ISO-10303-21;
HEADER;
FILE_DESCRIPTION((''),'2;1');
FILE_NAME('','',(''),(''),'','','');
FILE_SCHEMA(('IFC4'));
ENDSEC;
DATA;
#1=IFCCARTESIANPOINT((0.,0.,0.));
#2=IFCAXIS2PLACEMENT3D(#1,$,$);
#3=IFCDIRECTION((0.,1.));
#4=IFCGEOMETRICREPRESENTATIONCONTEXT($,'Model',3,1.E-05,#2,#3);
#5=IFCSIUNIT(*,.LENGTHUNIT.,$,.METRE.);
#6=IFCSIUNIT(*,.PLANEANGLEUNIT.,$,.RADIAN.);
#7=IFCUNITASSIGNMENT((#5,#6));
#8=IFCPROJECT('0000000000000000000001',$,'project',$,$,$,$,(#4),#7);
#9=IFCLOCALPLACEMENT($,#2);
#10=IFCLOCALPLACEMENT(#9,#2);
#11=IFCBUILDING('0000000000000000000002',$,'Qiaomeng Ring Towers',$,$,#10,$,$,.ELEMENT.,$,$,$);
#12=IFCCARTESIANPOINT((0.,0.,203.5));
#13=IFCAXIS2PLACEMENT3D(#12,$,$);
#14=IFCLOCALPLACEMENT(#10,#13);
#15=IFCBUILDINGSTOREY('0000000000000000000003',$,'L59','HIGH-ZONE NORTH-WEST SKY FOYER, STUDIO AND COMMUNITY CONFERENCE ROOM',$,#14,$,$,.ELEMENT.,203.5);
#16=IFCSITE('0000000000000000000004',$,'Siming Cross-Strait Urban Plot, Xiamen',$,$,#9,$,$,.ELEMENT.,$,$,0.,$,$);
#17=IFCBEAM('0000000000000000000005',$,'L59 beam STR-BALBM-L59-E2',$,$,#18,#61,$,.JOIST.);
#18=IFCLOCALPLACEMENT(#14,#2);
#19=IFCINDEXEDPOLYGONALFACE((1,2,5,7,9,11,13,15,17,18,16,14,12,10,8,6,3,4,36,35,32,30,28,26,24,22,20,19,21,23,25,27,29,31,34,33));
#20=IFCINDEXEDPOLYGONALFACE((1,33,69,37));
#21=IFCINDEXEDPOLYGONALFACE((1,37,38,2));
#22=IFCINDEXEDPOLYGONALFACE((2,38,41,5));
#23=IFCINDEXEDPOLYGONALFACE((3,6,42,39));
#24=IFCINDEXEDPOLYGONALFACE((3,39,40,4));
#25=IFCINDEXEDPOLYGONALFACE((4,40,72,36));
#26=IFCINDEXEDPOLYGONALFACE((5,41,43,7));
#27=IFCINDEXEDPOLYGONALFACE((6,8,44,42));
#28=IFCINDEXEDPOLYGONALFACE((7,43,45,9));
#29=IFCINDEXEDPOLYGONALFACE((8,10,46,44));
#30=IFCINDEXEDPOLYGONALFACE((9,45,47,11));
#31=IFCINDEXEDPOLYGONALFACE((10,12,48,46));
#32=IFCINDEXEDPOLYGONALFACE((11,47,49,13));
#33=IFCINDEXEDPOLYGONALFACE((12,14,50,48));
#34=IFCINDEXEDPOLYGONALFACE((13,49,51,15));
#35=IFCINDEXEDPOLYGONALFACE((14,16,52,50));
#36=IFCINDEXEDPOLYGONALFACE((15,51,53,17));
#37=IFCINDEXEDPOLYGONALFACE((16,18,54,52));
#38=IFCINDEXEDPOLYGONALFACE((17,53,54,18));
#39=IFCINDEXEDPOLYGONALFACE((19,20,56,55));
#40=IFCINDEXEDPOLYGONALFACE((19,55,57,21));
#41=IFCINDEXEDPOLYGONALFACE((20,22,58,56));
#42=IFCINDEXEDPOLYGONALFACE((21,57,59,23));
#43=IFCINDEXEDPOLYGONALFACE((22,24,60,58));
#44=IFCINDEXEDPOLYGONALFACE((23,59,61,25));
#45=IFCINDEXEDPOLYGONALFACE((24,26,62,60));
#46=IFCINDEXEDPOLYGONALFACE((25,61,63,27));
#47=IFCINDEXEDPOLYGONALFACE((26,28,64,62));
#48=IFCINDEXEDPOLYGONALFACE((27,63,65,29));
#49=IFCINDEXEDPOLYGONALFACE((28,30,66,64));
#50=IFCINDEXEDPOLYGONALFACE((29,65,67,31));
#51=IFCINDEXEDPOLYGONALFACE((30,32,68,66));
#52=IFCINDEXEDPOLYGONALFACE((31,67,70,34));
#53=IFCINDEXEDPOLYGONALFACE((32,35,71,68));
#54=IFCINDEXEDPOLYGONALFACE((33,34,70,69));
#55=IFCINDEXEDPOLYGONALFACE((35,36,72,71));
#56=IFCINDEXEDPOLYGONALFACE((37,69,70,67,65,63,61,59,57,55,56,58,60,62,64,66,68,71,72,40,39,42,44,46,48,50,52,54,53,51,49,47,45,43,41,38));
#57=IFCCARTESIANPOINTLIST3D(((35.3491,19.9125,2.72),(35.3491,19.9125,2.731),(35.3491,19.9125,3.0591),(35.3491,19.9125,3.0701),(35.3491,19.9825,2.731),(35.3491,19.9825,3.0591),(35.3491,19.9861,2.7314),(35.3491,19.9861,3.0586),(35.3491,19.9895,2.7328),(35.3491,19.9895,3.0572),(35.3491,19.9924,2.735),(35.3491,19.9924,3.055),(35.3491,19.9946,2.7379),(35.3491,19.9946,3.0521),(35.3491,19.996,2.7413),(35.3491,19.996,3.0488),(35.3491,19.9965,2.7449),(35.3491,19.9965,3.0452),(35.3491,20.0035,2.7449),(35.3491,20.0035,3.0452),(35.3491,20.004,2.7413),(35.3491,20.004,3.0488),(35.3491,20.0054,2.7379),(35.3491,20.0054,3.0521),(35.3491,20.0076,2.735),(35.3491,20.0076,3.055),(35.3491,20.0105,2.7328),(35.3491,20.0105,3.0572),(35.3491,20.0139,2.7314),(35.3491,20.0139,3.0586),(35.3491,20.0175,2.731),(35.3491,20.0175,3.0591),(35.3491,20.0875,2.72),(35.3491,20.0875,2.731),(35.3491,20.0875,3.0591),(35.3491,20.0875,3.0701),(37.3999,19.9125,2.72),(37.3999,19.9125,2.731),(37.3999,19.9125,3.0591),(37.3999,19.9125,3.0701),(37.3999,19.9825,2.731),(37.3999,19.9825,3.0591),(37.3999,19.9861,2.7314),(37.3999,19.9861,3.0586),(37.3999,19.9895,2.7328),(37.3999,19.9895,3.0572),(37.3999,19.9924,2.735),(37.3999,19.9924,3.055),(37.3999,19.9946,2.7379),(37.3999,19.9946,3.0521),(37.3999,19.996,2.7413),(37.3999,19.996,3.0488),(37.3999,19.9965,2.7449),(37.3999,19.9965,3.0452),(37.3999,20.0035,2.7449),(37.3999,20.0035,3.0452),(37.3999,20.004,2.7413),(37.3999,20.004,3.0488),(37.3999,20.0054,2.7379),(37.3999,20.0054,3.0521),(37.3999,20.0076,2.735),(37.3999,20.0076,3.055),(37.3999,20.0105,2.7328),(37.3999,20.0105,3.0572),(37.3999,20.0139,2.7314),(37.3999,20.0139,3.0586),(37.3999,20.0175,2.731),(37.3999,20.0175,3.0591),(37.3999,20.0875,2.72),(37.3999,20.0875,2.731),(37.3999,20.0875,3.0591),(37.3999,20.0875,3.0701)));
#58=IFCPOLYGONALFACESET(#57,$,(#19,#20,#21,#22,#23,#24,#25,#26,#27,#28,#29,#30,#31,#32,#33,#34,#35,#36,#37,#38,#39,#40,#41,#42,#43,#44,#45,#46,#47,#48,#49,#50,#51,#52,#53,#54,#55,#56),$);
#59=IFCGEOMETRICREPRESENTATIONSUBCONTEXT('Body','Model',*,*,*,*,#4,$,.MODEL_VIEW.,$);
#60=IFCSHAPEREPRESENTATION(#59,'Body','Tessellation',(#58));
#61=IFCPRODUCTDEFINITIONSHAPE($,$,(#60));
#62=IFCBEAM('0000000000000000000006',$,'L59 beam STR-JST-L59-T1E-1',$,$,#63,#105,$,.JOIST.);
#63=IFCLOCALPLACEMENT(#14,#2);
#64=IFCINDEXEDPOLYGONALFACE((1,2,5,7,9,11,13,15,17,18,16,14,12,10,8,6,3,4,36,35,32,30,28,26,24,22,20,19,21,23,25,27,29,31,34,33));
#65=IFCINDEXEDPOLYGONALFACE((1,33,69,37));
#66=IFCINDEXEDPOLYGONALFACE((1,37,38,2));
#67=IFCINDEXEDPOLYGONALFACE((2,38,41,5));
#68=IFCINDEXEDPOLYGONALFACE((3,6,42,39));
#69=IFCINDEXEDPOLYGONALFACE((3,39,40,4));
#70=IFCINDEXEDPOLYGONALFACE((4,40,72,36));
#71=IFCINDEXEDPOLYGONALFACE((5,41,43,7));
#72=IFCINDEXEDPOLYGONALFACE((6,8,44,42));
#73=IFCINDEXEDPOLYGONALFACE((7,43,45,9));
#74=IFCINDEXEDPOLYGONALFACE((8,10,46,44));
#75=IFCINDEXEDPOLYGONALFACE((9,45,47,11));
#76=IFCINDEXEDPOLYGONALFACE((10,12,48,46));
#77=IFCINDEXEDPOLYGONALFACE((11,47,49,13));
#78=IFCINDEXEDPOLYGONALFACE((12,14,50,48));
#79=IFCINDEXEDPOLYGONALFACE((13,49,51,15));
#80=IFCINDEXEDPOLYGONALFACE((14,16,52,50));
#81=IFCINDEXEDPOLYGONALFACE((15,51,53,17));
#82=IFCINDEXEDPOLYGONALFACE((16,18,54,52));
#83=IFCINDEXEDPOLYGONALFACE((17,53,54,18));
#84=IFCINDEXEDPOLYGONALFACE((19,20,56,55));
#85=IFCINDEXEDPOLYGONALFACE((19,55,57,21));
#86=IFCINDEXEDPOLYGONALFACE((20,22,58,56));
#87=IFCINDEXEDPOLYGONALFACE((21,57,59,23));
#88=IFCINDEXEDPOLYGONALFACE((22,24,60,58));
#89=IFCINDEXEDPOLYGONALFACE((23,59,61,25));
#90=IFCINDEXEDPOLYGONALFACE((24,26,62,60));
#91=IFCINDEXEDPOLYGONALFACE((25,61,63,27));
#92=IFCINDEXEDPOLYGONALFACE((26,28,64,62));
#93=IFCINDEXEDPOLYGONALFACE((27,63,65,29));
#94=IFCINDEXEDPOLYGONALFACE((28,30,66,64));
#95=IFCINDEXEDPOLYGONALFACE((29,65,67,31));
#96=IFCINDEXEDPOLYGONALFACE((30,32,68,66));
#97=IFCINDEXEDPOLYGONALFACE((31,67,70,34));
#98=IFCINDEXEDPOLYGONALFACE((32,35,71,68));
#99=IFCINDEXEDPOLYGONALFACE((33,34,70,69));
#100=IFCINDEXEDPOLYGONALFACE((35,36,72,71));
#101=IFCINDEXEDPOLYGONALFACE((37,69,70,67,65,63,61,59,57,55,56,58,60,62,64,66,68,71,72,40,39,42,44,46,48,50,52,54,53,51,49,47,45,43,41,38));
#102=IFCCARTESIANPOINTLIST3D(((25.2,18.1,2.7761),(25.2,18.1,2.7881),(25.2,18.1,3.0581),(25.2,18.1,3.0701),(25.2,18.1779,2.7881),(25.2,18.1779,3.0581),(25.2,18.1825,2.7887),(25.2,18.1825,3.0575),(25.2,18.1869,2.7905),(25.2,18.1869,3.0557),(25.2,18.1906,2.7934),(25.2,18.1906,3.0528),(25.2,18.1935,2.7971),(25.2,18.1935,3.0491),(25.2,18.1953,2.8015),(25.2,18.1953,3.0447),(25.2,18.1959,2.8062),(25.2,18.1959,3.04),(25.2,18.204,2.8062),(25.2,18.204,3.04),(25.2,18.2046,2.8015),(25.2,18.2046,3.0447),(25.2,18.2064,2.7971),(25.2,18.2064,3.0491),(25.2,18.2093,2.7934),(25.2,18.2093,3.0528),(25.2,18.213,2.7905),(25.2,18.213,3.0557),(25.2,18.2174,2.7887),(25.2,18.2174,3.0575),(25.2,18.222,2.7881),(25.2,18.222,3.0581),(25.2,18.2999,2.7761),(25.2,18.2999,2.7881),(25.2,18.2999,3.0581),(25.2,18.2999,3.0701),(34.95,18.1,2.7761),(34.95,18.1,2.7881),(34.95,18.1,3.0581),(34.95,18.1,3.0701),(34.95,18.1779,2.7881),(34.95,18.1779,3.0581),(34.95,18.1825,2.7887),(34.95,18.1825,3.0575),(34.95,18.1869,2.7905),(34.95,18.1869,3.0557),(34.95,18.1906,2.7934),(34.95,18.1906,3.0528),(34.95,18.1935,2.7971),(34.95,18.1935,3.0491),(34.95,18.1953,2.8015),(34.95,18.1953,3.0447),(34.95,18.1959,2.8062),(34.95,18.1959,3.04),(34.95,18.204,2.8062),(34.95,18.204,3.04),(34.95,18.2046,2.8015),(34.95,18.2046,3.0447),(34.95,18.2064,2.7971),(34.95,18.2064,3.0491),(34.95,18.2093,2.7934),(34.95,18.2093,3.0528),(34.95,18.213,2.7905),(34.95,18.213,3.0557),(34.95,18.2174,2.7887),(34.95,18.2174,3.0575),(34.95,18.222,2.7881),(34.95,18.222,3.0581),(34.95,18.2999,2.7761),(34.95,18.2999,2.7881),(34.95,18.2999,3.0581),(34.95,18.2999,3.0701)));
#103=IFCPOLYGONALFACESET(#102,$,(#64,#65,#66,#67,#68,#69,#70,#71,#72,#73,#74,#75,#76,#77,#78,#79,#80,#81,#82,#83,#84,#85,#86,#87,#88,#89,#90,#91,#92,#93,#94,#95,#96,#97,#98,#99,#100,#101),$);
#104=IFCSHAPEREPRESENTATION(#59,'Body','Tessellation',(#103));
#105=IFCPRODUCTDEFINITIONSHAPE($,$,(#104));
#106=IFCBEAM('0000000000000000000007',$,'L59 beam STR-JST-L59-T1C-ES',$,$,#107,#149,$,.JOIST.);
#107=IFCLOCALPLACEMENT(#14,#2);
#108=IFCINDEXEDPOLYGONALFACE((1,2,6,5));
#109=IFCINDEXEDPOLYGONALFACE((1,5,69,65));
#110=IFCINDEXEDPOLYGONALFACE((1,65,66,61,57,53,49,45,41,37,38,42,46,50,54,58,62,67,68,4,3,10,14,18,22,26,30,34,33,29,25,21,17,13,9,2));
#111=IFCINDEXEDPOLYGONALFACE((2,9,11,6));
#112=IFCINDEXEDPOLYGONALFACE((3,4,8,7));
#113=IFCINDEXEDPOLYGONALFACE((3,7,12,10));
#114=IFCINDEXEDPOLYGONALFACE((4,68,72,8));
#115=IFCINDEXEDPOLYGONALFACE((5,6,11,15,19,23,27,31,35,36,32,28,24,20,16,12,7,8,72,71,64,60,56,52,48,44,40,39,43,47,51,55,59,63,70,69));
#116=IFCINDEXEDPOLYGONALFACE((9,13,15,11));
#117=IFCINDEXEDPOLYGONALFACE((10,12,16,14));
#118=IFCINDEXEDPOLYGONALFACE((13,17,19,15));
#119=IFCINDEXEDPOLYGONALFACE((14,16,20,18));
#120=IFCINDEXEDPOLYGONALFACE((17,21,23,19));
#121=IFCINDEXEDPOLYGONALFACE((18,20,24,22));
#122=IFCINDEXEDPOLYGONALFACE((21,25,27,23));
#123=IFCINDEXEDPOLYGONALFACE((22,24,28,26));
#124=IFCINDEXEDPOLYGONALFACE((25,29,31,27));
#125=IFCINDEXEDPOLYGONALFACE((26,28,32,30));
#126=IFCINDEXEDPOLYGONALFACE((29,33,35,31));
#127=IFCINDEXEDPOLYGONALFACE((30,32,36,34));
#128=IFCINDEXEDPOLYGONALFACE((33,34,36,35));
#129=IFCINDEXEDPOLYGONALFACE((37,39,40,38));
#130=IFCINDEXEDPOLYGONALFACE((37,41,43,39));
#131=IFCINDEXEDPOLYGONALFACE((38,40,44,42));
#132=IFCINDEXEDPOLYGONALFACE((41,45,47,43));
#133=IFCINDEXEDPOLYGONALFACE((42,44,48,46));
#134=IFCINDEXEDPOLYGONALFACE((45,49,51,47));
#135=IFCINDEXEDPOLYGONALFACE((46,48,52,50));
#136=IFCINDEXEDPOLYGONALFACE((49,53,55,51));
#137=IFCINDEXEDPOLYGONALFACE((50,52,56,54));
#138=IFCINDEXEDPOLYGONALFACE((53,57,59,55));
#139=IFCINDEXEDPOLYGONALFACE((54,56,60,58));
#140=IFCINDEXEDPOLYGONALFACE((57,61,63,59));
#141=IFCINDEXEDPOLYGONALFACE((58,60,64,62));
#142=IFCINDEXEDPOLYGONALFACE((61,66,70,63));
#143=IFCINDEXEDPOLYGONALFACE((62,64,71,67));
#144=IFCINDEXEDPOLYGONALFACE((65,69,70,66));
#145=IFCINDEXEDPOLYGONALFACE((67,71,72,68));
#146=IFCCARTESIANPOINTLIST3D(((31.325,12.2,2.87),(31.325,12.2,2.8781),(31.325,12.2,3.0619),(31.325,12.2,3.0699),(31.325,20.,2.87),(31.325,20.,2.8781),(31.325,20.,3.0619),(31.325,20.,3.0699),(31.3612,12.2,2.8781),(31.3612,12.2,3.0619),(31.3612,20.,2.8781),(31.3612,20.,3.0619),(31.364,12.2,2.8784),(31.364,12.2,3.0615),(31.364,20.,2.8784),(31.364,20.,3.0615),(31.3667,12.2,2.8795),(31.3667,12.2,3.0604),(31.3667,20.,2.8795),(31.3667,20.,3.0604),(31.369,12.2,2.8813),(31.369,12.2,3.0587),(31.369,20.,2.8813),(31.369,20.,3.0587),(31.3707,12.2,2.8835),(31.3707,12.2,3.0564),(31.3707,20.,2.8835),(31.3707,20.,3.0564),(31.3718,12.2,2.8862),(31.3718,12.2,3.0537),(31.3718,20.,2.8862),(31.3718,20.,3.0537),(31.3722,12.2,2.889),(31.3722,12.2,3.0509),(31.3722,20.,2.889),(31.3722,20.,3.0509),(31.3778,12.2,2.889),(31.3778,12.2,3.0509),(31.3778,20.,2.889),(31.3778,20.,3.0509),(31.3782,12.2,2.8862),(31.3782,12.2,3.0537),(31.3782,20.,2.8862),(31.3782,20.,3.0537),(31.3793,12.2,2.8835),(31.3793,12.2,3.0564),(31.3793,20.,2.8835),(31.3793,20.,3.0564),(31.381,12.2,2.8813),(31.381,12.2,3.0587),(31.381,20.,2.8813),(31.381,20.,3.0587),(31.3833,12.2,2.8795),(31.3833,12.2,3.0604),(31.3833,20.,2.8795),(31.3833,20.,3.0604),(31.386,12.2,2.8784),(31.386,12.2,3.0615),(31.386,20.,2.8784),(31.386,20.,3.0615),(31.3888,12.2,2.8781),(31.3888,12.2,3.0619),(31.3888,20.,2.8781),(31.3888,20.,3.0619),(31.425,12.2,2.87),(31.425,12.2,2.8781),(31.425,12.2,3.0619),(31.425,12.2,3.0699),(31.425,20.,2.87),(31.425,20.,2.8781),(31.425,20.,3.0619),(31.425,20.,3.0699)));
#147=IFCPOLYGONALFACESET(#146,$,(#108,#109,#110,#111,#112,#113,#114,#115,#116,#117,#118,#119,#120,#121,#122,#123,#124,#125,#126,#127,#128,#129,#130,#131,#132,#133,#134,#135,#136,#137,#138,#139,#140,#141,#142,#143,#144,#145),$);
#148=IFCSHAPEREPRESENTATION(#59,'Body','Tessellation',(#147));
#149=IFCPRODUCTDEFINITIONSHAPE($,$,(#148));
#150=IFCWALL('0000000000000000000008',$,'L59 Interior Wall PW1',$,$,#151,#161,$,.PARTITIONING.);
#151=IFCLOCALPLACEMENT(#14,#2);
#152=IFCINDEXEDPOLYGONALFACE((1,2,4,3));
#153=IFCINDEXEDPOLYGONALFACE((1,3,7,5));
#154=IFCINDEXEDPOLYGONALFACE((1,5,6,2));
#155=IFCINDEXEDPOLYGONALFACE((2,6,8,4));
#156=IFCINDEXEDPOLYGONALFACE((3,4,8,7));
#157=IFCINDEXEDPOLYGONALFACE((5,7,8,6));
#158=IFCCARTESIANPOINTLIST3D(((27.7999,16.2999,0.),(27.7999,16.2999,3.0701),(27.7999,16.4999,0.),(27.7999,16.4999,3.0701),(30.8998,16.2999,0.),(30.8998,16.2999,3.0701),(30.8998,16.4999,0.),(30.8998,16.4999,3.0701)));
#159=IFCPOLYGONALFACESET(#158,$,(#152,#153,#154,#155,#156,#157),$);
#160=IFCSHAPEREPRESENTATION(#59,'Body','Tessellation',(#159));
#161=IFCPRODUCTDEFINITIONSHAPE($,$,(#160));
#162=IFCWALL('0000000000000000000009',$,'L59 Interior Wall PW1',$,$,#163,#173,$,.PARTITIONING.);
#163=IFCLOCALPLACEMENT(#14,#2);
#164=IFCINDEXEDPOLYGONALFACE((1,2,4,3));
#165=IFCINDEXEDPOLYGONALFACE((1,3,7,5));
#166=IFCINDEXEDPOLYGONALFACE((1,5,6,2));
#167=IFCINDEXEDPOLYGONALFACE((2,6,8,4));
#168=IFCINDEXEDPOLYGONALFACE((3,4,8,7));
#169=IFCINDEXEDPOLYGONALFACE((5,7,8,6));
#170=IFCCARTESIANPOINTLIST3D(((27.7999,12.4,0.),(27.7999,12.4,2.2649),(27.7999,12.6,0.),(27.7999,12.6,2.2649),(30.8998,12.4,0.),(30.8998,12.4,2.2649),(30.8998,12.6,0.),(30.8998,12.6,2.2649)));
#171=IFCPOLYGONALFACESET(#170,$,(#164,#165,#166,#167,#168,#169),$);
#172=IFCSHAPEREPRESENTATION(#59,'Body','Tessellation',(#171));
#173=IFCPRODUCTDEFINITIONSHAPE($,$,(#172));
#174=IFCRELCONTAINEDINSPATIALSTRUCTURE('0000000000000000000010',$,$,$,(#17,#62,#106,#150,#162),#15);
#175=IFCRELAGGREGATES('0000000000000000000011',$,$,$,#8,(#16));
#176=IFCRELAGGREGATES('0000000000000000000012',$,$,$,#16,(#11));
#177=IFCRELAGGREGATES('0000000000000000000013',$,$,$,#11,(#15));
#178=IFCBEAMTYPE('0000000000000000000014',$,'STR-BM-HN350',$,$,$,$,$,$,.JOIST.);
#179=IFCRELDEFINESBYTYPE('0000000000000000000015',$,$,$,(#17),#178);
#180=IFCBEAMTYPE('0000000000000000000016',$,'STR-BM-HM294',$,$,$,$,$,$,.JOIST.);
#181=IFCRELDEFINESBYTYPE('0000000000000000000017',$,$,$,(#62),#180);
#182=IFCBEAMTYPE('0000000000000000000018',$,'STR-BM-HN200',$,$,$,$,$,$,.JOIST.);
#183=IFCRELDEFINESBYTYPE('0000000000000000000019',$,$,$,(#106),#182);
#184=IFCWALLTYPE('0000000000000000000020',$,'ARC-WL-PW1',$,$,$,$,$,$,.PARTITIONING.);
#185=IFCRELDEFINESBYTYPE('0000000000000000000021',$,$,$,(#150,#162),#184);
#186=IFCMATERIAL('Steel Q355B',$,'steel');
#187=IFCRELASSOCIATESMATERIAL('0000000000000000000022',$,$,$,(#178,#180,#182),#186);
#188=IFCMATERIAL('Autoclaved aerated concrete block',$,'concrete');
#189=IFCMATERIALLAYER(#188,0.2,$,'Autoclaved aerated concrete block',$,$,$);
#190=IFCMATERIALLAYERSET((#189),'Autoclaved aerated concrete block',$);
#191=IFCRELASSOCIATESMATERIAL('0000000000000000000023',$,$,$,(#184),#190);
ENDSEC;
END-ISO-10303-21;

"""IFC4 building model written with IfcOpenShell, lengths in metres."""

from ifc_helpers import new_model, si_unit, direction, frame, frame_2d, origin, origin_2d, place, context, subcontext, project, spatial, rectangle, i_section, extrude, source, transform, mapped, material, layer, layer_set, material_profile, profile_set, type_object, element, save


model = new_model("IFC4")

# Units and contexts
model_context = context("Model", 3, precision=1e-05, world=origin(), true_north=direction((0.0, 1.0)))
body_context = subcontext(model_context, "Body", "Model", "MODEL_VIEW")
ifc_project = project(units=[si_unit("LENGTHUNIT", "METRE"), si_unit("PLANEANGLEUNIT", "RADIAN")], contexts=[model_context])

# Site, building, storey
site_placement = place(None, origin())
site = spatial("IfcSite", under=ifc_project, at=site_placement, Name="Siming Cross-Strait Urban Plot, Xiamen", CompositionType="ELEMENT", RefElevation=0.0)
building_placement = place(site_placement, origin())
building = spatial("IfcBuilding", under=site, at=building_placement, Name="Qiaomeng Ring Towers", CompositionType="ELEMENT")
storey_placement = place(building_placement, frame((0.0, 0.0, 203.5)))
storey = spatial("IfcBuildingStorey", under=building, at=storey_placement, Name="L59", Description="HIGH-ZONE NORTH-WEST SKY FOYER, STUDIO AND COMMUNITY CONFERENCE ROOM", CompositionType="ELEMENT", Elevation=203.5)

# Beams
ifc_material_1 = material(Name="Steel Q355B", Category="steel")
ifc_material_profile_1 = material_profile(ifc_material_1, i_section(OverallWidth=0.175, OverallDepth=0.3501, WebThickness=0.0071, FlangeThickness=0.011, FilletRadius=0.0139, at=origin_2d()), Name="HN 350x175x7x11")
ifc_profile_set_1 = profile_set([ifc_material_profile_1], Name="Steel Q355B")
beam_type_1 = type_object("IfcBeamType", Name="STR-BM-HN350", PredefinedType="JOIST", material=ifc_profile_set_1)
shared_shape_1 = source(origin(), body_context, "Body", "SweptSolid", [
    extrude(i_section(OverallWidth=0.175, OverallDepth=0.3501, WebThickness=0.0071, FlangeThickness=0.011, FilletRadius=0.0139, at=origin_2d()), origin(), (0.0, 0.0, 1.0), 2.0508),
])
beam_1_placement = place(storey_placement, frame((35.3491, 20.0, 2.895), z_axis=(1.0, 0.0, 0.0), x_axis=(0.0, 1.0, 0.0)))
element("IfcBeam", 1, at=beam_1_placement, inside=storey, type_object=beam_type_1, Name="L59 beam STR-BALBM-L59-E2", PredefinedType="JOIST", context=body_context, shape_type="MappedRepresentation", body=[
    mapped(shared_shape_1, transform((0.0, 0.0, 0.0), x_axis=(1.0, 0.0, 0.0), y_axis=(0.0, 1.0, 0.0), z_axis=(0.0, 0.0, 1.0), scale=1.0)),
])
ifc_material_profile_2 = material_profile(ifc_material_1, i_section(OverallWidth=0.2, OverallDepth=0.2939, WebThickness=0.0081, FlangeThickness=0.012, FilletRadius=0.0181, at=origin_2d()), Name="HM 294x200x8x12")
ifc_profile_set_2 = profile_set([ifc_material_profile_2], Name="Steel Q355B")
beam_type_2 = type_object("IfcBeamType", Name="STR-BM-HM294", PredefinedType="JOIST", material=ifc_profile_set_2)
shared_shape_2 = source(origin(), body_context, "Body", "SweptSolid", [
    extrude(i_section(OverallWidth=0.2, OverallDepth=0.2939, WebThickness=0.0081, FlangeThickness=0.012, FilletRadius=0.0181, at=origin_2d()), origin(), (0.0, 0.0, 1.0), 9.75),
])
beam_2_placement = place(storey_placement, frame((25.2, 18.2, 2.9231), z_axis=(1.0, 0.0, 0.0), x_axis=(0.0, 1.0, 0.0)))
element("IfcBeam", 2, at=beam_2_placement, inside=storey, type_object=beam_type_2, Name="L59 beam STR-JST-L59-T1E-1", PredefinedType="JOIST", context=body_context, shape_type="MappedRepresentation", body=[
    mapped(shared_shape_2, transform((0.0, 0.0, 0.0), x_axis=(1.0, 0.0, 0.0), y_axis=(0.0, 1.0, 0.0), z_axis=(0.0, 0.0, 1.0), scale=1.0)),
])
ifc_material_profile_3 = material_profile(ifc_material_1, i_section(OverallWidth=0.1001, OverallDepth=0.2, WebThickness=0.0056, FlangeThickness=0.0081, FilletRadius=0.011, at=origin_2d()), Name="HN 200x100x5.5x8")
ifc_profile_set_3 = profile_set([ifc_material_profile_3], Name="Steel Q355B")
beam_type_3 = type_object("IfcBeamType", Name="STR-BM-HN200", PredefinedType="JOIST", material=ifc_profile_set_3)
shared_shape_3 = source(origin(), body_context, "Body", "SweptSolid", [
    extrude(i_section(OverallWidth=0.1001, OverallDepth=0.2, WebThickness=0.0056, FlangeThickness=0.0081, FilletRadius=0.011, at=origin_2d()), origin(), (0.0, 0.0, 1.0), 7.8),
])
beam_3_placement = place(storey_placement, frame((31.375, 12.2, 2.97), z_axis=(0.0, 1.0, 0.0), x_axis=(-1.0, 0.0, 0.0)))
element("IfcBeam", 3, at=beam_3_placement, inside=storey, type_object=beam_type_3, Name="L59 beam STR-JST-L59-T1C-ES", PredefinedType="JOIST", context=body_context, shape_type="MappedRepresentation", body=[
    mapped(shared_shape_3, transform((0.0, 0.0, 0.0), x_axis=(1.0, 0.0, 0.0), y_axis=(0.0, 1.0, 0.0), z_axis=(0.0, 0.0, 1.0), scale=1.0)),
])

# Walls
ifc_material_2 = material(Name="Autoclaved aerated concrete block", Category="concrete")
ifc_layer_1 = layer(ifc_material_2, 0.2, Name="Autoclaved aerated concrete block")
ifc_layer_set_1 = layer_set([ifc_layer_1], Name="Autoclaved aerated concrete block")
wall_type_1 = type_object("IfcWallType", Name="ARC-WL-PW1", PredefinedType="PARTITIONING", material=ifc_layer_set_1)
wall_1_placement = place(storey_placement, frame((27.8, 16.3999, 0.0), z_axis=(0.0, 0.0, 1.0), x_axis=(1.0, 0.0, 0.0)))
element("IfcWall", 4, at=wall_1_placement, inside=storey, type_object=wall_type_1, Name="L59 Interior Wall PW1", PredefinedType="PARTITIONING", context=body_context, shape_type="SweptSolid", body=[
    extrude(rectangle(XDim=3.0999, YDim=0.2, at=frame_2d((1.5498, 0.0))), origin(), (0.0, 0.0, 1.0), 3.0701),
])
wall_2_placement = place(storey_placement, frame((27.8, 12.5, 0.0), z_axis=(0.0, 0.0, 1.0), x_axis=(1.0, 0.0, 0.0)))
element("IfcWall", 5, at=wall_2_placement, inside=storey, type_object=wall_type_1, Name="L59 Interior Wall PW1", PredefinedType="PARTITIONING", context=body_context, shape_type="SweptSolid", body=[
    extrude(rectangle(XDim=3.0999, YDim=0.2, at=frame_2d((1.5498, 0.0))), origin(), (0.0, 0.0, 1.0), 2.2649),
])

save(model, "model.ifc")
